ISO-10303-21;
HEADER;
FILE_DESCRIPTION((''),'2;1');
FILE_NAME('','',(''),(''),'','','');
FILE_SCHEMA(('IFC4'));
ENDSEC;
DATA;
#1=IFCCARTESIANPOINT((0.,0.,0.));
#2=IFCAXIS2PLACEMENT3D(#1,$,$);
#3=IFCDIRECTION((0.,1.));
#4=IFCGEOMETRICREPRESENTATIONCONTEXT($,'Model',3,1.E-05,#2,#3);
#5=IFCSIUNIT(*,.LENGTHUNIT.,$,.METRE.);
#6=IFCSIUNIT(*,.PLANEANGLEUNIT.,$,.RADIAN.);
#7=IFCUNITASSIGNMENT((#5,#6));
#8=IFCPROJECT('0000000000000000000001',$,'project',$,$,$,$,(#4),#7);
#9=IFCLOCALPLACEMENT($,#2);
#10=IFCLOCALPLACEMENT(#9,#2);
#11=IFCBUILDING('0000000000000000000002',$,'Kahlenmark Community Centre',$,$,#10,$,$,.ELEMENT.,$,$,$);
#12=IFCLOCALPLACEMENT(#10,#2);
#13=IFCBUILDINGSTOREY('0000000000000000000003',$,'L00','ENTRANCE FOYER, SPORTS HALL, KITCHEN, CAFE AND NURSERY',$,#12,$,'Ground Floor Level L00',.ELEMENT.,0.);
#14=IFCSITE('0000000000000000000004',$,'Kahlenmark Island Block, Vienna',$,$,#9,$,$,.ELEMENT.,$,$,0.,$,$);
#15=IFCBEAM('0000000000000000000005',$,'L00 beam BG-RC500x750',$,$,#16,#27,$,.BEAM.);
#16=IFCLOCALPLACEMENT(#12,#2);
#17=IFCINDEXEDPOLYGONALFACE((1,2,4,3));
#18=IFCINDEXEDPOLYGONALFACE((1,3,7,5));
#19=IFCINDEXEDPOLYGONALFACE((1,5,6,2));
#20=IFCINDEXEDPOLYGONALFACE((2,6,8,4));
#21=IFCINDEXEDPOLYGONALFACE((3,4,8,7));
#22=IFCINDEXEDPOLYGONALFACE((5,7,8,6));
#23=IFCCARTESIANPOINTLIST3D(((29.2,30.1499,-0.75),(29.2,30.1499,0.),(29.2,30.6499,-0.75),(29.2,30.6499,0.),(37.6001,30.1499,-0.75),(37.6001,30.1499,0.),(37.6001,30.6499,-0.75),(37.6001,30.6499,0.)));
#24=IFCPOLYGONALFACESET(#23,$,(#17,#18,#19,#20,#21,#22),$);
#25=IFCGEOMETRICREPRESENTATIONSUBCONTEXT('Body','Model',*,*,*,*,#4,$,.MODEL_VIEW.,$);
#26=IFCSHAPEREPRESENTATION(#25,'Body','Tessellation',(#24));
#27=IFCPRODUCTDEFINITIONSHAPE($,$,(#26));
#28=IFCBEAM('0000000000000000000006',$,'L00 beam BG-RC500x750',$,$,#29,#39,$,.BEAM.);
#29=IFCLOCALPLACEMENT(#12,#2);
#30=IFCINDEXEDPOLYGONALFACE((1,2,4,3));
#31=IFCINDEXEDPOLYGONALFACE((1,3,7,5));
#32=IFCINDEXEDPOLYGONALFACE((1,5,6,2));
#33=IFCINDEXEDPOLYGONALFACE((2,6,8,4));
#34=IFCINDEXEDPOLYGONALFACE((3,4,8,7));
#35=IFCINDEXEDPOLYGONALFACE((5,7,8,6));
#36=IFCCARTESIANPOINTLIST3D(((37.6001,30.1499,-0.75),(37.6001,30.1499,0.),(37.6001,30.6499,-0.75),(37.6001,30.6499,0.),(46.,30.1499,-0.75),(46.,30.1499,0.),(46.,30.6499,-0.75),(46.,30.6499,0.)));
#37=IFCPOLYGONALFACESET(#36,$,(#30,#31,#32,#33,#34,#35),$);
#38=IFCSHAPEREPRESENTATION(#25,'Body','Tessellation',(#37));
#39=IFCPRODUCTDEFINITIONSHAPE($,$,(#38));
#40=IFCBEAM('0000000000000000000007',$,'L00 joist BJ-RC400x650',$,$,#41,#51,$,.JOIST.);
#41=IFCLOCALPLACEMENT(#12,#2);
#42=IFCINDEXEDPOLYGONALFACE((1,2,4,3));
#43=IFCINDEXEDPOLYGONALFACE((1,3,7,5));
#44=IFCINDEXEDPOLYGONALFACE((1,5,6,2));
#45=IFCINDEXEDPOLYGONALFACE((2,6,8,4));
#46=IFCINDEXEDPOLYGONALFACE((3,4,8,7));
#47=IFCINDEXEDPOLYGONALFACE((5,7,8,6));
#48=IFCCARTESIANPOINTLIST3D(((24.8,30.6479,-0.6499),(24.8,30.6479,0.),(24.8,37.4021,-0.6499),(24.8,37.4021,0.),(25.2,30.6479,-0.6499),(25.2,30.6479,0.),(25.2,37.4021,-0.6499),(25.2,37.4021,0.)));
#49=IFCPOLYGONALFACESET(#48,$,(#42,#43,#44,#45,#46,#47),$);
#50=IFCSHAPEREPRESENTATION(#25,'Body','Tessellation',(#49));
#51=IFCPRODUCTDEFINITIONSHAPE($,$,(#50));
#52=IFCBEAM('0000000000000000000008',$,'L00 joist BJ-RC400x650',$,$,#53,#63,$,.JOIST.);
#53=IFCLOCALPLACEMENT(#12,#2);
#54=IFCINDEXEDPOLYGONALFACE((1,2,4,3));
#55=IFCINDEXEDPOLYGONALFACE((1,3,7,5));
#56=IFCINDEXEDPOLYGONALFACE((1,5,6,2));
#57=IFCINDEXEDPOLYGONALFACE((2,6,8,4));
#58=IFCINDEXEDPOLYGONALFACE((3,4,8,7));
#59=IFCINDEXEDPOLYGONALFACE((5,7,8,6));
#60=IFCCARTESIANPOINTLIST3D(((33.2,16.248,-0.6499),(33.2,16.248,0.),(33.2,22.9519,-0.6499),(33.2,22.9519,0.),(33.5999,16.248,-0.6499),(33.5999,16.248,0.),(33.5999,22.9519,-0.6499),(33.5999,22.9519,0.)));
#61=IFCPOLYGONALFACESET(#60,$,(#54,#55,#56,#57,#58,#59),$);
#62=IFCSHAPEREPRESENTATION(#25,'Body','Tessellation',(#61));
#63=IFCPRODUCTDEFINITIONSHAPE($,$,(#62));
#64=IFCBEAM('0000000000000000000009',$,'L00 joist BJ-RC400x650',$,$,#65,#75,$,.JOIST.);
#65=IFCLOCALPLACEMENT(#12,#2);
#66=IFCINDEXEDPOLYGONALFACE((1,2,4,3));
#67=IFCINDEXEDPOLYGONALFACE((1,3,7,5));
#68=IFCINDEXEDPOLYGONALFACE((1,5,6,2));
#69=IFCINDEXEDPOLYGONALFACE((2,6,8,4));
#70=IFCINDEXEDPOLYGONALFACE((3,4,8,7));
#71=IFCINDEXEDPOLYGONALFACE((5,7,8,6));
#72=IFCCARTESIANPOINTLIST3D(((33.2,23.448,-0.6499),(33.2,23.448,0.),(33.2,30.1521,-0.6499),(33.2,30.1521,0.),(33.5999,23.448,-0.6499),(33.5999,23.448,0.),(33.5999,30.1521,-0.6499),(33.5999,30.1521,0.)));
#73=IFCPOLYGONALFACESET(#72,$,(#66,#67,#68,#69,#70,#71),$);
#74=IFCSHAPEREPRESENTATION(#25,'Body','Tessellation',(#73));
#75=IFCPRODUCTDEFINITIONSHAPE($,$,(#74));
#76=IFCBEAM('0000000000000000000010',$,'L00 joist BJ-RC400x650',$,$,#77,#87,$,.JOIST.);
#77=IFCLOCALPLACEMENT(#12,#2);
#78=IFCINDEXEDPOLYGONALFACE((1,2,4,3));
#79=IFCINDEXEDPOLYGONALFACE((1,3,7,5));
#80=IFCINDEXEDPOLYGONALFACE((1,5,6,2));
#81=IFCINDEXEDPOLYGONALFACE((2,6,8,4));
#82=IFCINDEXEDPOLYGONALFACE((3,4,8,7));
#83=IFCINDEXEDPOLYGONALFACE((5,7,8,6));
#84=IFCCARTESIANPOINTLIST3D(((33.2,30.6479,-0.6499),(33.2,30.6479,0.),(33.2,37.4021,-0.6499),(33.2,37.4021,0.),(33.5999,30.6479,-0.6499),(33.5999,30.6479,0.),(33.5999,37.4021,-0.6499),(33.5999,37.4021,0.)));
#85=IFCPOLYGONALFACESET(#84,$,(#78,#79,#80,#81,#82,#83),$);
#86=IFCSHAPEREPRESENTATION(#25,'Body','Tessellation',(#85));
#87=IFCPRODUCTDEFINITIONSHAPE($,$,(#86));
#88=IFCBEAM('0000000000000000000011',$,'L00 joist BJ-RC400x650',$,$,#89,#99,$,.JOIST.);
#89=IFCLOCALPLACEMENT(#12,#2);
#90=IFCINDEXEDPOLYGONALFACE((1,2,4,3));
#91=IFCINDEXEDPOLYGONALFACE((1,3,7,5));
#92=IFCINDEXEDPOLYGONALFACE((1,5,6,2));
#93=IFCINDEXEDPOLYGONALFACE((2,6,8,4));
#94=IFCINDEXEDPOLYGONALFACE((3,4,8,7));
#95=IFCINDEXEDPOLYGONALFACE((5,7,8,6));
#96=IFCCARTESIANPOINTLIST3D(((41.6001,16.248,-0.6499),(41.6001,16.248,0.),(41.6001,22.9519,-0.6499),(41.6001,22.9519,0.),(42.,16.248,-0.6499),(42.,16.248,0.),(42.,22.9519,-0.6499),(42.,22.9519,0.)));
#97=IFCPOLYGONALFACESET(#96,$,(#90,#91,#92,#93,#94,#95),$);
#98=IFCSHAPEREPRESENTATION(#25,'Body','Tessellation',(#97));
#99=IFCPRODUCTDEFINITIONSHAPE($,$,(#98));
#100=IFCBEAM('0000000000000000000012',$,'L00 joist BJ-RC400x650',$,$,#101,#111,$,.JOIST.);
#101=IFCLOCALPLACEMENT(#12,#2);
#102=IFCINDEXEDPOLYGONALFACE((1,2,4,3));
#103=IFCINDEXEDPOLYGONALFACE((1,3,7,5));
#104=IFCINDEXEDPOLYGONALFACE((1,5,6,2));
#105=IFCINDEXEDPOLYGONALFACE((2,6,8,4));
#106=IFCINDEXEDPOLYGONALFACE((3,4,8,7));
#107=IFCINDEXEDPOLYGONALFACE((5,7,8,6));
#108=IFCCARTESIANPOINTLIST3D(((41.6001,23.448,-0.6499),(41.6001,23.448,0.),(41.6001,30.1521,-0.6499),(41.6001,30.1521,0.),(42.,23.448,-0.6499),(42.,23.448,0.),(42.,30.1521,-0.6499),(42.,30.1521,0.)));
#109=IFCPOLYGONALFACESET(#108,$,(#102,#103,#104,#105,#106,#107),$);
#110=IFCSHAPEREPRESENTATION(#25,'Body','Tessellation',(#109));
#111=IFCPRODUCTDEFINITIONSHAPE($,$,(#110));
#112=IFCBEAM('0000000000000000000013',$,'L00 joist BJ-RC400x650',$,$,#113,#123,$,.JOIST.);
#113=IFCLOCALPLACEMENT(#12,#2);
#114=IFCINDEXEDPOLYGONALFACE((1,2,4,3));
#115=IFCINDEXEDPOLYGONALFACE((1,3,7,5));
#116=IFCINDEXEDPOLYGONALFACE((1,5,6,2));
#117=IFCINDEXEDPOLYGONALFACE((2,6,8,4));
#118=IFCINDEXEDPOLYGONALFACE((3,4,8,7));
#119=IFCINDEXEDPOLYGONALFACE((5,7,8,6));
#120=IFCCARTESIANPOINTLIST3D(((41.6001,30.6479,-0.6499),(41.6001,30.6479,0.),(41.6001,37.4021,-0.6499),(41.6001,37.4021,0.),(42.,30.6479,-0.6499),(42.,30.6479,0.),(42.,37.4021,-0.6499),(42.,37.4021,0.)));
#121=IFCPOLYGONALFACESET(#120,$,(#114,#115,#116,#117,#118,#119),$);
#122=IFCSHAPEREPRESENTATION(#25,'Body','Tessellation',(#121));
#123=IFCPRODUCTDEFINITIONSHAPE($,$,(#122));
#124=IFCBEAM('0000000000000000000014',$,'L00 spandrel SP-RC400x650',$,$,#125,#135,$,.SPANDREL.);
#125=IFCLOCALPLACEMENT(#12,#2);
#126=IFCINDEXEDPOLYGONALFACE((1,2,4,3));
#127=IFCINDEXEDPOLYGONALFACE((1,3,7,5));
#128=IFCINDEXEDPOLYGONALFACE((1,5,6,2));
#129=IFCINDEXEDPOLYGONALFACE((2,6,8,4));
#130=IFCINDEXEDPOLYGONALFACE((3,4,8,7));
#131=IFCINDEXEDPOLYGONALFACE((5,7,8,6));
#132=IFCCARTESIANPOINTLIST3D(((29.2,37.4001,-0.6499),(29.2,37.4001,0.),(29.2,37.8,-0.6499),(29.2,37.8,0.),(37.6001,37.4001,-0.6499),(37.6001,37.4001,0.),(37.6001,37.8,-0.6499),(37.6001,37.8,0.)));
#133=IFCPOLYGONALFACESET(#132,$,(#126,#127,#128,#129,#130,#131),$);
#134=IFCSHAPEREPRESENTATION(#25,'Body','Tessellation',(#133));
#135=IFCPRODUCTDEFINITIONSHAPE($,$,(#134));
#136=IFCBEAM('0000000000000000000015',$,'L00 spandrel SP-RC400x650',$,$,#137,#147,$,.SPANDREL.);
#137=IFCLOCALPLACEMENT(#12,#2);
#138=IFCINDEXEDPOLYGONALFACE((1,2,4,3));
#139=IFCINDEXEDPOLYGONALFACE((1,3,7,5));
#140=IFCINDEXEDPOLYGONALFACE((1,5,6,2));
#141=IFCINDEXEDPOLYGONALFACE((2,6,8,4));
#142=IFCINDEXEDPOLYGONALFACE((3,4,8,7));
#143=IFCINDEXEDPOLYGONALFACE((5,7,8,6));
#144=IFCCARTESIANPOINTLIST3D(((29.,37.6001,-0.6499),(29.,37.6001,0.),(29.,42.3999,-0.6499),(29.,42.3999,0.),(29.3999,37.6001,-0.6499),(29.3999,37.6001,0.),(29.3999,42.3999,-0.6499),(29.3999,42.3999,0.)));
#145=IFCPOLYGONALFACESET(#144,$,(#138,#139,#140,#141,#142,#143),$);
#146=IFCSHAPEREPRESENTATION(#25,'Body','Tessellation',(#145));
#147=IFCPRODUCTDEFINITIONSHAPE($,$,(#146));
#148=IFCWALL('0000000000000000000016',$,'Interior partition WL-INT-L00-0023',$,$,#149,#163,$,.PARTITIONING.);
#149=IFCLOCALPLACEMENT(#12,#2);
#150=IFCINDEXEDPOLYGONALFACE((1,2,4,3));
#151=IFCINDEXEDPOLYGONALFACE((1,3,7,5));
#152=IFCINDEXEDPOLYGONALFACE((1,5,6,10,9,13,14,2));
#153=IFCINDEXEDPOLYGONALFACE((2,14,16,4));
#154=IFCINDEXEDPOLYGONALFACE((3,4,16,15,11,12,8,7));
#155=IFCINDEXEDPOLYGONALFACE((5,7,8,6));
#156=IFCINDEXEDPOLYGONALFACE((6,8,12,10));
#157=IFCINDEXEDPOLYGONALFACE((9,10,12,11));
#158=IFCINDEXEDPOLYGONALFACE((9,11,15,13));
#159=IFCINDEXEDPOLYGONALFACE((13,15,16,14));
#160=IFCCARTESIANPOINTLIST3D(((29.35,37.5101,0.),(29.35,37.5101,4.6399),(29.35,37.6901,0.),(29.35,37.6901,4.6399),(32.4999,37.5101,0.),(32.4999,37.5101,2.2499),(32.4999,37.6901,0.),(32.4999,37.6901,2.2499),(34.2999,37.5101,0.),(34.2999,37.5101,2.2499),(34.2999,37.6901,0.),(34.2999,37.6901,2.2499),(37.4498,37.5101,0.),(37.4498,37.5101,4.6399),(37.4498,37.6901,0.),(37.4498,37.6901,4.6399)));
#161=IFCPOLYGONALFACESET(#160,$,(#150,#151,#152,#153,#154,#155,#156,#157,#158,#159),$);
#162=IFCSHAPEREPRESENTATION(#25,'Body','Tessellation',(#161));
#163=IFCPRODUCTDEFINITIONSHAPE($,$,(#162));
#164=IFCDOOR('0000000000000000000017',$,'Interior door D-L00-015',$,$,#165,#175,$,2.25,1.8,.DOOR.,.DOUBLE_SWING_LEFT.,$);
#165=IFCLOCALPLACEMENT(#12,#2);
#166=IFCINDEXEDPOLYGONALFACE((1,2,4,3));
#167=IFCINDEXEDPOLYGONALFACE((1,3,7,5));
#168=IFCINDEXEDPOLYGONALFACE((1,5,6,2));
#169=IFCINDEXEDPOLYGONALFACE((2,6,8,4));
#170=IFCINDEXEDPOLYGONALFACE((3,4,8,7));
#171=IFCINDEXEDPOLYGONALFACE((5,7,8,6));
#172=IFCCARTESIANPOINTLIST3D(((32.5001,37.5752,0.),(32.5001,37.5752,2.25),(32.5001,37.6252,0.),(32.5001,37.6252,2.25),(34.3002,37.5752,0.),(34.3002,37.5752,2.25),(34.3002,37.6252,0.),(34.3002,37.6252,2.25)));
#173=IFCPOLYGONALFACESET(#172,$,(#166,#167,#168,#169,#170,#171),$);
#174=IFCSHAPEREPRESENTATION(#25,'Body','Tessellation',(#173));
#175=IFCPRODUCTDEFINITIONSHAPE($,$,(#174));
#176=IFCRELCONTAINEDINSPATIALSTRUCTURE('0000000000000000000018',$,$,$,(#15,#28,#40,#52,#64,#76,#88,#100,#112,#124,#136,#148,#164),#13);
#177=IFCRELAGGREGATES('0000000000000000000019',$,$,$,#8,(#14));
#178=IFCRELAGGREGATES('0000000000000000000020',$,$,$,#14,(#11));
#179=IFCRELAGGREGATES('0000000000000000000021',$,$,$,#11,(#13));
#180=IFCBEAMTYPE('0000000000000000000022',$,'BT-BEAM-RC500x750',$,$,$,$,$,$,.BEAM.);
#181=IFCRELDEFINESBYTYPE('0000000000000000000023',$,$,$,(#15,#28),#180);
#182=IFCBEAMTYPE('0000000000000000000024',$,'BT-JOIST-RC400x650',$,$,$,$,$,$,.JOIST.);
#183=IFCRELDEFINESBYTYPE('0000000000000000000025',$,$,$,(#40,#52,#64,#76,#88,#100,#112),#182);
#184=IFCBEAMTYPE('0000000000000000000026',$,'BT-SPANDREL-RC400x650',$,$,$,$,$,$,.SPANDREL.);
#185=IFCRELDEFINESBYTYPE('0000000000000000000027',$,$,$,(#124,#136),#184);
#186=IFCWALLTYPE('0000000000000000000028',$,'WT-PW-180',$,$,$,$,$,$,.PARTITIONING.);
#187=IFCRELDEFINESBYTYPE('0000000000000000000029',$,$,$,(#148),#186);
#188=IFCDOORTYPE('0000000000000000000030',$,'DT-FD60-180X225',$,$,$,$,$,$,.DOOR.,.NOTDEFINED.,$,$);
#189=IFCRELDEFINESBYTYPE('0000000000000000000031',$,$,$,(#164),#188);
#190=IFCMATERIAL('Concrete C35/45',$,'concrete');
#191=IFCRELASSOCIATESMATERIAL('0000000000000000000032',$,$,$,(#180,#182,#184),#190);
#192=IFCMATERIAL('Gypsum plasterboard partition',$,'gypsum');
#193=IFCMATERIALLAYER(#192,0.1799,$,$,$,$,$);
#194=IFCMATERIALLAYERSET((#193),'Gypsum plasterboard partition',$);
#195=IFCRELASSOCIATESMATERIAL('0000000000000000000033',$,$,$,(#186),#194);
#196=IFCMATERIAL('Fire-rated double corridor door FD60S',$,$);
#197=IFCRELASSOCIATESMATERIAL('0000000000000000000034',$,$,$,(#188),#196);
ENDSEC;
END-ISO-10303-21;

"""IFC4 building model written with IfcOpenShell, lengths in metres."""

from ifc_helpers import new_model, si_unit, direction, frame, frame_2d, origin, origin_2d, place, context, subcontext, project, spatial, rectangle, extrude, material, layer, layer_set, material_profile, profile_set, type_object, element, fill, save


model = new_model("IFC4")

# Units and contexts
model_context = context("Model", 3, precision=1e-05, world=origin(), true_north=direction((0.0, 1.0)))
body_context = subcontext(model_context, "Body", "Model", "MODEL_VIEW")
ifc_project = project(units=[si_unit("LENGTHUNIT", "METRE"), si_unit("PLANEANGLEUNIT", "RADIAN")], contexts=[model_context])

# Site, building, storey
site_placement = place(None, origin())
site = spatial("IfcSite", under=ifc_project, at=site_placement, Name="Kahlenmark Island Block, Vienna", CompositionType="ELEMENT", RefElevation=0.0)
building_placement = place(site_placement, origin())
building = spatial("IfcBuilding", under=site, at=building_placement, Name="Kahlenmark Community Centre", CompositionType="ELEMENT")
storey_placement = place(building_placement, origin())
storey = spatial("IfcBuildingStorey", under=building, at=storey_placement, Name="L00", Description="ENTRANCE FOYER, SPORTS HALL, KITCHEN, CAFE AND NURSERY", LongName="Ground Floor Level L00", CompositionType="ELEMENT", Elevation=0.0)

# Shared definitions
ifc_material_1 = material(Name="Concrete C35/45", Category="concrete")

# Beams
ifc_material_profile_1 = material_profile(ifc_material_1, rectangle(XDim=0.5, YDim=0.75, at=origin_2d()), Name="RC 500x750")
ifc_profile_set_1 = profile_set([ifc_material_profile_1], Name="Concrete C35/45")
beam_type_1 = type_object("IfcBeamType", Name="BT-BEAM-RC500x750", PredefinedType="BEAM", material=ifc_profile_set_1)
beam_1_placement = place(storey_placement, frame((29.2, 30.3999, -0.375), z_axis=(1.0, 0.0, 0.0), x_axis=(0.0, 1.0, 0.0)))
element("IfcBeam", 1, at=beam_1_placement, inside=storey, type_object=beam_type_1, Name="L00 beam BG-RC500x750", PredefinedType="BEAM", context=body_context, shape_type="SweptSolid", body=[
    extrude(rectangle(XDim=0.5, YDim=0.75, at=origin_2d()), origin(), (0.0, 0.0, 1.0), 8.4001),
])
beam_2_placement = place(storey_placement, frame((37.6001, 30.3999, -0.375), z_axis=(1.0, 0.0, 0.0), x_axis=(0.0, 1.0, 0.0)))
element("IfcBeam", 2, at=beam_2_placement, inside=storey, type_object=beam_type_1, Name="L00 beam BG-RC500x750", PredefinedType="BEAM", context=body_context, shape_type="SweptSolid", body=[
    extrude(rectangle(XDim=0.5, YDim=0.75, at=origin_2d()), origin(), (0.0, 0.0, 1.0), 8.3999),
])
ifc_material_profile_2 = material_profile(ifc_material_1, rectangle(XDim=0.3999, YDim=0.6499, at=origin_2d()), Name="RC 400x650")
ifc_profile_set_2 = profile_set([ifc_material_profile_2], Name="Concrete C35/45")
beam_type_2 = type_object("IfcBeamType", Name="BT-JOIST-RC400x650", PredefinedType="JOIST", material=ifc_profile_set_2)
beam_3_placement = place(storey_placement, frame((25.0, 30.6479, -0.325), z_axis=(0.0, 1.0, 0.0), x_axis=(-1.0, 0.0, 0.0)))
element("IfcBeam", 3, at=beam_3_placement, inside=storey, type_object=beam_type_2, Name="L00 joist BJ-RC400x650", PredefinedType="JOIST", context=body_context, shape_type="SweptSolid", body=[
    extrude(rectangle(XDim=0.3999, YDim=0.6499, at=origin_2d()), origin(), (0.0, 0.0, 1.0), 6.7542),
])
beam_4_placement = place(storey_placement, frame((33.3999, 16.248, -0.325), z_axis=(0.0, 1.0, 0.0), x_axis=(-1.0, 0.0, 0.0)))
element("IfcBeam", 4, at=beam_4_placement, inside=storey, type_object=beam_type_2, Name="L00 joist BJ-RC400x650", PredefinedType="JOIST", context=body_context, shape_type="SweptSolid", body=[
    extrude(rectangle(XDim=0.3999, YDim=0.6499, at=origin_2d()), origin(), (0.0, 0.0, 1.0), 6.7039),
])
beam_5_placement = place(storey_placement, frame((33.3999, 23.448, -0.325), z_axis=(0.0, 1.0, 0.0), x_axis=(-1.0, 0.0, 0.0)))
element("IfcBeam", 5, at=beam_5_placement, inside=storey, type_object=beam_type_2, Name="L00 joist BJ-RC400x650", PredefinedType="JOIST", context=body_context, shape_type="SweptSolid", body=[
    extrude(rectangle(XDim=0.3999, YDim=0.6499, at=origin_2d()), origin(), (0.0, 0.0, 1.0), 6.7041),
])
beam_6_placement = place(storey_placement, frame((33.3999, 30.6479, -0.325), z_axis=(0.0, 1.0, 0.0), x_axis=(-1.0, 0.0, 0.0)))
element("IfcBeam", 6, at=beam_6_placement, inside=storey, type_object=beam_type_2, Name="L00 joist BJ-RC400x650", PredefinedType="JOIST", context=body_context, shape_type="SweptSolid", body=[
    extrude(rectangle(XDim=0.3999, YDim=0.6499, at=origin_2d()), origin(), (0.0, 0.0, 1.0), 6.7542),
])
beam_7_placement = place(storey_placement, frame((41.8, 16.248, -0.325), z_axis=(0.0, 1.0, 0.0), x_axis=(-1.0, 0.0, 0.0)))
element("IfcBeam", 7, at=beam_7_placement, inside=storey, type_object=beam_type_2, Name="L00 joist BJ-RC400x650", PredefinedType="JOIST", context=body_context, shape_type="SweptSolid", body=[
    extrude(rectangle(XDim=0.3999, YDim=0.6499, at=origin_2d()), origin(), (0.0, 0.0, 1.0), 6.7039),
])
beam_8_placement = place(storey_placement, frame((41.8, 23.448, -0.325), z_axis=(0.0, 1.0, 0.0), x_axis=(-1.0, 0.0, 0.0)))
element("IfcBeam", 8, at=beam_8_placement, inside=storey, type_object=beam_type_2, Name="L00 joist BJ-RC400x650", PredefinedType="JOIST", context=body_context, shape_type="SweptSolid", body=[
    extrude(rectangle(XDim=0.3999, YDim=0.6499, at=origin_2d()), origin(), (0.0, 0.0, 1.0), 6.7041),
])
beam_9_placement = place(storey_placement, frame((41.8, 30.6479, -0.325), z_axis=(0.0, 1.0, 0.0), x_axis=(-1.0, 0.0, 0.0)))
element("IfcBeam", 9, at=beam_9_placement, inside=storey, type_object=beam_type_2, Name="L00 joist BJ-RC400x650", PredefinedType="JOIST", context=body_context, shape_type="SweptSolid", body=[
    extrude(rectangle(XDim=0.3999, YDim=0.6499, at=origin_2d()), origin(), (0.0, 0.0, 1.0), 6.7542),
])
ifc_material_profile_3 = material_profile(ifc_material_1, rectangle(XDim=0.3999, YDim=0.6499, at=origin_2d()), Name="RC 400x650")
ifc_profile_set_3 = profile_set([ifc_material_profile_3], Name="Concrete C35/45")
beam_type_3 = type_object("IfcBeamType", Name="BT-SPANDREL-RC400x650", PredefinedType="SPANDREL", material=ifc_profile_set_3)
beam_10_placement = place(storey_placement, frame((29.2, 37.6001, -0.325), z_axis=(1.0, 0.0, 0.0), x_axis=(0.0, 1.0, 0.0)))
element("IfcBeam", 10, at=beam_10_placement, inside=storey, type_object=beam_type_3, Name="L00 spandrel SP-RC400x650", PredefinedType="SPANDREL", context=body_context, shape_type="SweptSolid", body=[
    extrude(rectangle(XDim=0.3999, YDim=0.6499, at=origin_2d()), origin(), (0.0, 0.0, 1.0), 8.4001),
])
beam_11_placement = place(storey_placement, frame((29.2, 37.6001, -0.325), z_axis=(0.0, 1.0, 0.0), x_axis=(-1.0, 0.0, 0.0)))
element("IfcBeam", 11, at=beam_11_placement, inside=storey, type_object=beam_type_3, Name="L00 spandrel SP-RC400x650", PredefinedType="SPANDREL", context=body_context, shape_type="SweptSolid", body=[
    extrude(rectangle(XDim=0.3999, YDim=0.6499, at=origin_2d()), origin(), (0.0, 0.0, 1.0), 4.7998),
])

# Wall, opening, door
ifc_material_2 = material(Name="Gypsum plasterboard partition", Category="gypsum")
ifc_layer_1 = layer(ifc_material_2, 0.1799)
ifc_layer_set_1 = layer_set([ifc_layer_1], Name="Gypsum plasterboard partition")
wall_type_1 = type_object("IfcWallType", Name="WT-PW-180", PredefinedType="PARTITIONING", material=ifc_layer_set_1)
wall_1_placement = place(storey_placement, frame((29.3501, 37.6001, 0.0), z_axis=(0.0, 0.0, 1.0), x_axis=(1.0, 0.0, 0.0)))
wall_1 = element("IfcWall", 12, at=wall_1_placement, inside=storey, type_object=wall_type_1, Name="Interior partition WL-INT-L00-0023", PredefinedType="PARTITIONING", context=body_context, shape_type="SweptSolid", body=[
    extrude(rectangle(XDim=8.0999, YDim=0.1799, at=frame_2d((4.0498, 0.0))), origin(), (0.0, 0.0, 1.0), 4.6399),
])
opening_1_placement = place(wall_1_placement, frame((3.1499, 0.0, -0.01)))
opening_1 = element("IfcOpeningElement", 13, at=opening_1_placement, cuts=wall_1, PredefinedType="OPENING", context=body_context, shape_type="SweptSolid", body=[
    extrude(rectangle(XDim=1.8, YDim=2.26, at=frame_2d((0.8999, 1.1299))), frame((0.0, 0.0999, 0.0), z_axis=(0.0, -1.0, 0.0), x_axis=(1.0, 0.0, 0.0)), (0.0, 0.0, 1.0), 0.2),
])
ifc_material_3 = material(Name="Fire-rated double corridor door FD60S")
door_type_1 = type_object("IfcDoorType", Name="DT-FD60-180X225", OperationType="NOTDEFINED", PredefinedType="DOOR", material=ifc_material_3)
door_1_placement = place(opening_1_placement, frame((1.8, 0.0, 0.01), z_axis=(0.0, 0.0, 1.0), x_axis=(-1.0, 0.0, 0.0)))
door_1 = element("IfcDoor", 14, at=door_1_placement, inside=storey, type_object=door_type_1, Name="Interior door D-L00-015", OperationType="DOUBLE_SWING_LEFT", OverallHeight=2.25, OverallWidth=1.8, PredefinedType="DOOR", context=body_context, shape_type="SweptSolid", body=[
    extrude(rectangle(XDim=1.8, YDim=2.25, at=frame_2d((0.8999, 1.125))), frame((0.0, 0.0249, 0.0), z_axis=(0.0, -1.0, 0.0), x_axis=(1.0, 0.0, 0.0)), (0.0, 0.0, 1.0), 0.05),
])
fill(opening_1, door_1)

save(model, "model.ifc")
